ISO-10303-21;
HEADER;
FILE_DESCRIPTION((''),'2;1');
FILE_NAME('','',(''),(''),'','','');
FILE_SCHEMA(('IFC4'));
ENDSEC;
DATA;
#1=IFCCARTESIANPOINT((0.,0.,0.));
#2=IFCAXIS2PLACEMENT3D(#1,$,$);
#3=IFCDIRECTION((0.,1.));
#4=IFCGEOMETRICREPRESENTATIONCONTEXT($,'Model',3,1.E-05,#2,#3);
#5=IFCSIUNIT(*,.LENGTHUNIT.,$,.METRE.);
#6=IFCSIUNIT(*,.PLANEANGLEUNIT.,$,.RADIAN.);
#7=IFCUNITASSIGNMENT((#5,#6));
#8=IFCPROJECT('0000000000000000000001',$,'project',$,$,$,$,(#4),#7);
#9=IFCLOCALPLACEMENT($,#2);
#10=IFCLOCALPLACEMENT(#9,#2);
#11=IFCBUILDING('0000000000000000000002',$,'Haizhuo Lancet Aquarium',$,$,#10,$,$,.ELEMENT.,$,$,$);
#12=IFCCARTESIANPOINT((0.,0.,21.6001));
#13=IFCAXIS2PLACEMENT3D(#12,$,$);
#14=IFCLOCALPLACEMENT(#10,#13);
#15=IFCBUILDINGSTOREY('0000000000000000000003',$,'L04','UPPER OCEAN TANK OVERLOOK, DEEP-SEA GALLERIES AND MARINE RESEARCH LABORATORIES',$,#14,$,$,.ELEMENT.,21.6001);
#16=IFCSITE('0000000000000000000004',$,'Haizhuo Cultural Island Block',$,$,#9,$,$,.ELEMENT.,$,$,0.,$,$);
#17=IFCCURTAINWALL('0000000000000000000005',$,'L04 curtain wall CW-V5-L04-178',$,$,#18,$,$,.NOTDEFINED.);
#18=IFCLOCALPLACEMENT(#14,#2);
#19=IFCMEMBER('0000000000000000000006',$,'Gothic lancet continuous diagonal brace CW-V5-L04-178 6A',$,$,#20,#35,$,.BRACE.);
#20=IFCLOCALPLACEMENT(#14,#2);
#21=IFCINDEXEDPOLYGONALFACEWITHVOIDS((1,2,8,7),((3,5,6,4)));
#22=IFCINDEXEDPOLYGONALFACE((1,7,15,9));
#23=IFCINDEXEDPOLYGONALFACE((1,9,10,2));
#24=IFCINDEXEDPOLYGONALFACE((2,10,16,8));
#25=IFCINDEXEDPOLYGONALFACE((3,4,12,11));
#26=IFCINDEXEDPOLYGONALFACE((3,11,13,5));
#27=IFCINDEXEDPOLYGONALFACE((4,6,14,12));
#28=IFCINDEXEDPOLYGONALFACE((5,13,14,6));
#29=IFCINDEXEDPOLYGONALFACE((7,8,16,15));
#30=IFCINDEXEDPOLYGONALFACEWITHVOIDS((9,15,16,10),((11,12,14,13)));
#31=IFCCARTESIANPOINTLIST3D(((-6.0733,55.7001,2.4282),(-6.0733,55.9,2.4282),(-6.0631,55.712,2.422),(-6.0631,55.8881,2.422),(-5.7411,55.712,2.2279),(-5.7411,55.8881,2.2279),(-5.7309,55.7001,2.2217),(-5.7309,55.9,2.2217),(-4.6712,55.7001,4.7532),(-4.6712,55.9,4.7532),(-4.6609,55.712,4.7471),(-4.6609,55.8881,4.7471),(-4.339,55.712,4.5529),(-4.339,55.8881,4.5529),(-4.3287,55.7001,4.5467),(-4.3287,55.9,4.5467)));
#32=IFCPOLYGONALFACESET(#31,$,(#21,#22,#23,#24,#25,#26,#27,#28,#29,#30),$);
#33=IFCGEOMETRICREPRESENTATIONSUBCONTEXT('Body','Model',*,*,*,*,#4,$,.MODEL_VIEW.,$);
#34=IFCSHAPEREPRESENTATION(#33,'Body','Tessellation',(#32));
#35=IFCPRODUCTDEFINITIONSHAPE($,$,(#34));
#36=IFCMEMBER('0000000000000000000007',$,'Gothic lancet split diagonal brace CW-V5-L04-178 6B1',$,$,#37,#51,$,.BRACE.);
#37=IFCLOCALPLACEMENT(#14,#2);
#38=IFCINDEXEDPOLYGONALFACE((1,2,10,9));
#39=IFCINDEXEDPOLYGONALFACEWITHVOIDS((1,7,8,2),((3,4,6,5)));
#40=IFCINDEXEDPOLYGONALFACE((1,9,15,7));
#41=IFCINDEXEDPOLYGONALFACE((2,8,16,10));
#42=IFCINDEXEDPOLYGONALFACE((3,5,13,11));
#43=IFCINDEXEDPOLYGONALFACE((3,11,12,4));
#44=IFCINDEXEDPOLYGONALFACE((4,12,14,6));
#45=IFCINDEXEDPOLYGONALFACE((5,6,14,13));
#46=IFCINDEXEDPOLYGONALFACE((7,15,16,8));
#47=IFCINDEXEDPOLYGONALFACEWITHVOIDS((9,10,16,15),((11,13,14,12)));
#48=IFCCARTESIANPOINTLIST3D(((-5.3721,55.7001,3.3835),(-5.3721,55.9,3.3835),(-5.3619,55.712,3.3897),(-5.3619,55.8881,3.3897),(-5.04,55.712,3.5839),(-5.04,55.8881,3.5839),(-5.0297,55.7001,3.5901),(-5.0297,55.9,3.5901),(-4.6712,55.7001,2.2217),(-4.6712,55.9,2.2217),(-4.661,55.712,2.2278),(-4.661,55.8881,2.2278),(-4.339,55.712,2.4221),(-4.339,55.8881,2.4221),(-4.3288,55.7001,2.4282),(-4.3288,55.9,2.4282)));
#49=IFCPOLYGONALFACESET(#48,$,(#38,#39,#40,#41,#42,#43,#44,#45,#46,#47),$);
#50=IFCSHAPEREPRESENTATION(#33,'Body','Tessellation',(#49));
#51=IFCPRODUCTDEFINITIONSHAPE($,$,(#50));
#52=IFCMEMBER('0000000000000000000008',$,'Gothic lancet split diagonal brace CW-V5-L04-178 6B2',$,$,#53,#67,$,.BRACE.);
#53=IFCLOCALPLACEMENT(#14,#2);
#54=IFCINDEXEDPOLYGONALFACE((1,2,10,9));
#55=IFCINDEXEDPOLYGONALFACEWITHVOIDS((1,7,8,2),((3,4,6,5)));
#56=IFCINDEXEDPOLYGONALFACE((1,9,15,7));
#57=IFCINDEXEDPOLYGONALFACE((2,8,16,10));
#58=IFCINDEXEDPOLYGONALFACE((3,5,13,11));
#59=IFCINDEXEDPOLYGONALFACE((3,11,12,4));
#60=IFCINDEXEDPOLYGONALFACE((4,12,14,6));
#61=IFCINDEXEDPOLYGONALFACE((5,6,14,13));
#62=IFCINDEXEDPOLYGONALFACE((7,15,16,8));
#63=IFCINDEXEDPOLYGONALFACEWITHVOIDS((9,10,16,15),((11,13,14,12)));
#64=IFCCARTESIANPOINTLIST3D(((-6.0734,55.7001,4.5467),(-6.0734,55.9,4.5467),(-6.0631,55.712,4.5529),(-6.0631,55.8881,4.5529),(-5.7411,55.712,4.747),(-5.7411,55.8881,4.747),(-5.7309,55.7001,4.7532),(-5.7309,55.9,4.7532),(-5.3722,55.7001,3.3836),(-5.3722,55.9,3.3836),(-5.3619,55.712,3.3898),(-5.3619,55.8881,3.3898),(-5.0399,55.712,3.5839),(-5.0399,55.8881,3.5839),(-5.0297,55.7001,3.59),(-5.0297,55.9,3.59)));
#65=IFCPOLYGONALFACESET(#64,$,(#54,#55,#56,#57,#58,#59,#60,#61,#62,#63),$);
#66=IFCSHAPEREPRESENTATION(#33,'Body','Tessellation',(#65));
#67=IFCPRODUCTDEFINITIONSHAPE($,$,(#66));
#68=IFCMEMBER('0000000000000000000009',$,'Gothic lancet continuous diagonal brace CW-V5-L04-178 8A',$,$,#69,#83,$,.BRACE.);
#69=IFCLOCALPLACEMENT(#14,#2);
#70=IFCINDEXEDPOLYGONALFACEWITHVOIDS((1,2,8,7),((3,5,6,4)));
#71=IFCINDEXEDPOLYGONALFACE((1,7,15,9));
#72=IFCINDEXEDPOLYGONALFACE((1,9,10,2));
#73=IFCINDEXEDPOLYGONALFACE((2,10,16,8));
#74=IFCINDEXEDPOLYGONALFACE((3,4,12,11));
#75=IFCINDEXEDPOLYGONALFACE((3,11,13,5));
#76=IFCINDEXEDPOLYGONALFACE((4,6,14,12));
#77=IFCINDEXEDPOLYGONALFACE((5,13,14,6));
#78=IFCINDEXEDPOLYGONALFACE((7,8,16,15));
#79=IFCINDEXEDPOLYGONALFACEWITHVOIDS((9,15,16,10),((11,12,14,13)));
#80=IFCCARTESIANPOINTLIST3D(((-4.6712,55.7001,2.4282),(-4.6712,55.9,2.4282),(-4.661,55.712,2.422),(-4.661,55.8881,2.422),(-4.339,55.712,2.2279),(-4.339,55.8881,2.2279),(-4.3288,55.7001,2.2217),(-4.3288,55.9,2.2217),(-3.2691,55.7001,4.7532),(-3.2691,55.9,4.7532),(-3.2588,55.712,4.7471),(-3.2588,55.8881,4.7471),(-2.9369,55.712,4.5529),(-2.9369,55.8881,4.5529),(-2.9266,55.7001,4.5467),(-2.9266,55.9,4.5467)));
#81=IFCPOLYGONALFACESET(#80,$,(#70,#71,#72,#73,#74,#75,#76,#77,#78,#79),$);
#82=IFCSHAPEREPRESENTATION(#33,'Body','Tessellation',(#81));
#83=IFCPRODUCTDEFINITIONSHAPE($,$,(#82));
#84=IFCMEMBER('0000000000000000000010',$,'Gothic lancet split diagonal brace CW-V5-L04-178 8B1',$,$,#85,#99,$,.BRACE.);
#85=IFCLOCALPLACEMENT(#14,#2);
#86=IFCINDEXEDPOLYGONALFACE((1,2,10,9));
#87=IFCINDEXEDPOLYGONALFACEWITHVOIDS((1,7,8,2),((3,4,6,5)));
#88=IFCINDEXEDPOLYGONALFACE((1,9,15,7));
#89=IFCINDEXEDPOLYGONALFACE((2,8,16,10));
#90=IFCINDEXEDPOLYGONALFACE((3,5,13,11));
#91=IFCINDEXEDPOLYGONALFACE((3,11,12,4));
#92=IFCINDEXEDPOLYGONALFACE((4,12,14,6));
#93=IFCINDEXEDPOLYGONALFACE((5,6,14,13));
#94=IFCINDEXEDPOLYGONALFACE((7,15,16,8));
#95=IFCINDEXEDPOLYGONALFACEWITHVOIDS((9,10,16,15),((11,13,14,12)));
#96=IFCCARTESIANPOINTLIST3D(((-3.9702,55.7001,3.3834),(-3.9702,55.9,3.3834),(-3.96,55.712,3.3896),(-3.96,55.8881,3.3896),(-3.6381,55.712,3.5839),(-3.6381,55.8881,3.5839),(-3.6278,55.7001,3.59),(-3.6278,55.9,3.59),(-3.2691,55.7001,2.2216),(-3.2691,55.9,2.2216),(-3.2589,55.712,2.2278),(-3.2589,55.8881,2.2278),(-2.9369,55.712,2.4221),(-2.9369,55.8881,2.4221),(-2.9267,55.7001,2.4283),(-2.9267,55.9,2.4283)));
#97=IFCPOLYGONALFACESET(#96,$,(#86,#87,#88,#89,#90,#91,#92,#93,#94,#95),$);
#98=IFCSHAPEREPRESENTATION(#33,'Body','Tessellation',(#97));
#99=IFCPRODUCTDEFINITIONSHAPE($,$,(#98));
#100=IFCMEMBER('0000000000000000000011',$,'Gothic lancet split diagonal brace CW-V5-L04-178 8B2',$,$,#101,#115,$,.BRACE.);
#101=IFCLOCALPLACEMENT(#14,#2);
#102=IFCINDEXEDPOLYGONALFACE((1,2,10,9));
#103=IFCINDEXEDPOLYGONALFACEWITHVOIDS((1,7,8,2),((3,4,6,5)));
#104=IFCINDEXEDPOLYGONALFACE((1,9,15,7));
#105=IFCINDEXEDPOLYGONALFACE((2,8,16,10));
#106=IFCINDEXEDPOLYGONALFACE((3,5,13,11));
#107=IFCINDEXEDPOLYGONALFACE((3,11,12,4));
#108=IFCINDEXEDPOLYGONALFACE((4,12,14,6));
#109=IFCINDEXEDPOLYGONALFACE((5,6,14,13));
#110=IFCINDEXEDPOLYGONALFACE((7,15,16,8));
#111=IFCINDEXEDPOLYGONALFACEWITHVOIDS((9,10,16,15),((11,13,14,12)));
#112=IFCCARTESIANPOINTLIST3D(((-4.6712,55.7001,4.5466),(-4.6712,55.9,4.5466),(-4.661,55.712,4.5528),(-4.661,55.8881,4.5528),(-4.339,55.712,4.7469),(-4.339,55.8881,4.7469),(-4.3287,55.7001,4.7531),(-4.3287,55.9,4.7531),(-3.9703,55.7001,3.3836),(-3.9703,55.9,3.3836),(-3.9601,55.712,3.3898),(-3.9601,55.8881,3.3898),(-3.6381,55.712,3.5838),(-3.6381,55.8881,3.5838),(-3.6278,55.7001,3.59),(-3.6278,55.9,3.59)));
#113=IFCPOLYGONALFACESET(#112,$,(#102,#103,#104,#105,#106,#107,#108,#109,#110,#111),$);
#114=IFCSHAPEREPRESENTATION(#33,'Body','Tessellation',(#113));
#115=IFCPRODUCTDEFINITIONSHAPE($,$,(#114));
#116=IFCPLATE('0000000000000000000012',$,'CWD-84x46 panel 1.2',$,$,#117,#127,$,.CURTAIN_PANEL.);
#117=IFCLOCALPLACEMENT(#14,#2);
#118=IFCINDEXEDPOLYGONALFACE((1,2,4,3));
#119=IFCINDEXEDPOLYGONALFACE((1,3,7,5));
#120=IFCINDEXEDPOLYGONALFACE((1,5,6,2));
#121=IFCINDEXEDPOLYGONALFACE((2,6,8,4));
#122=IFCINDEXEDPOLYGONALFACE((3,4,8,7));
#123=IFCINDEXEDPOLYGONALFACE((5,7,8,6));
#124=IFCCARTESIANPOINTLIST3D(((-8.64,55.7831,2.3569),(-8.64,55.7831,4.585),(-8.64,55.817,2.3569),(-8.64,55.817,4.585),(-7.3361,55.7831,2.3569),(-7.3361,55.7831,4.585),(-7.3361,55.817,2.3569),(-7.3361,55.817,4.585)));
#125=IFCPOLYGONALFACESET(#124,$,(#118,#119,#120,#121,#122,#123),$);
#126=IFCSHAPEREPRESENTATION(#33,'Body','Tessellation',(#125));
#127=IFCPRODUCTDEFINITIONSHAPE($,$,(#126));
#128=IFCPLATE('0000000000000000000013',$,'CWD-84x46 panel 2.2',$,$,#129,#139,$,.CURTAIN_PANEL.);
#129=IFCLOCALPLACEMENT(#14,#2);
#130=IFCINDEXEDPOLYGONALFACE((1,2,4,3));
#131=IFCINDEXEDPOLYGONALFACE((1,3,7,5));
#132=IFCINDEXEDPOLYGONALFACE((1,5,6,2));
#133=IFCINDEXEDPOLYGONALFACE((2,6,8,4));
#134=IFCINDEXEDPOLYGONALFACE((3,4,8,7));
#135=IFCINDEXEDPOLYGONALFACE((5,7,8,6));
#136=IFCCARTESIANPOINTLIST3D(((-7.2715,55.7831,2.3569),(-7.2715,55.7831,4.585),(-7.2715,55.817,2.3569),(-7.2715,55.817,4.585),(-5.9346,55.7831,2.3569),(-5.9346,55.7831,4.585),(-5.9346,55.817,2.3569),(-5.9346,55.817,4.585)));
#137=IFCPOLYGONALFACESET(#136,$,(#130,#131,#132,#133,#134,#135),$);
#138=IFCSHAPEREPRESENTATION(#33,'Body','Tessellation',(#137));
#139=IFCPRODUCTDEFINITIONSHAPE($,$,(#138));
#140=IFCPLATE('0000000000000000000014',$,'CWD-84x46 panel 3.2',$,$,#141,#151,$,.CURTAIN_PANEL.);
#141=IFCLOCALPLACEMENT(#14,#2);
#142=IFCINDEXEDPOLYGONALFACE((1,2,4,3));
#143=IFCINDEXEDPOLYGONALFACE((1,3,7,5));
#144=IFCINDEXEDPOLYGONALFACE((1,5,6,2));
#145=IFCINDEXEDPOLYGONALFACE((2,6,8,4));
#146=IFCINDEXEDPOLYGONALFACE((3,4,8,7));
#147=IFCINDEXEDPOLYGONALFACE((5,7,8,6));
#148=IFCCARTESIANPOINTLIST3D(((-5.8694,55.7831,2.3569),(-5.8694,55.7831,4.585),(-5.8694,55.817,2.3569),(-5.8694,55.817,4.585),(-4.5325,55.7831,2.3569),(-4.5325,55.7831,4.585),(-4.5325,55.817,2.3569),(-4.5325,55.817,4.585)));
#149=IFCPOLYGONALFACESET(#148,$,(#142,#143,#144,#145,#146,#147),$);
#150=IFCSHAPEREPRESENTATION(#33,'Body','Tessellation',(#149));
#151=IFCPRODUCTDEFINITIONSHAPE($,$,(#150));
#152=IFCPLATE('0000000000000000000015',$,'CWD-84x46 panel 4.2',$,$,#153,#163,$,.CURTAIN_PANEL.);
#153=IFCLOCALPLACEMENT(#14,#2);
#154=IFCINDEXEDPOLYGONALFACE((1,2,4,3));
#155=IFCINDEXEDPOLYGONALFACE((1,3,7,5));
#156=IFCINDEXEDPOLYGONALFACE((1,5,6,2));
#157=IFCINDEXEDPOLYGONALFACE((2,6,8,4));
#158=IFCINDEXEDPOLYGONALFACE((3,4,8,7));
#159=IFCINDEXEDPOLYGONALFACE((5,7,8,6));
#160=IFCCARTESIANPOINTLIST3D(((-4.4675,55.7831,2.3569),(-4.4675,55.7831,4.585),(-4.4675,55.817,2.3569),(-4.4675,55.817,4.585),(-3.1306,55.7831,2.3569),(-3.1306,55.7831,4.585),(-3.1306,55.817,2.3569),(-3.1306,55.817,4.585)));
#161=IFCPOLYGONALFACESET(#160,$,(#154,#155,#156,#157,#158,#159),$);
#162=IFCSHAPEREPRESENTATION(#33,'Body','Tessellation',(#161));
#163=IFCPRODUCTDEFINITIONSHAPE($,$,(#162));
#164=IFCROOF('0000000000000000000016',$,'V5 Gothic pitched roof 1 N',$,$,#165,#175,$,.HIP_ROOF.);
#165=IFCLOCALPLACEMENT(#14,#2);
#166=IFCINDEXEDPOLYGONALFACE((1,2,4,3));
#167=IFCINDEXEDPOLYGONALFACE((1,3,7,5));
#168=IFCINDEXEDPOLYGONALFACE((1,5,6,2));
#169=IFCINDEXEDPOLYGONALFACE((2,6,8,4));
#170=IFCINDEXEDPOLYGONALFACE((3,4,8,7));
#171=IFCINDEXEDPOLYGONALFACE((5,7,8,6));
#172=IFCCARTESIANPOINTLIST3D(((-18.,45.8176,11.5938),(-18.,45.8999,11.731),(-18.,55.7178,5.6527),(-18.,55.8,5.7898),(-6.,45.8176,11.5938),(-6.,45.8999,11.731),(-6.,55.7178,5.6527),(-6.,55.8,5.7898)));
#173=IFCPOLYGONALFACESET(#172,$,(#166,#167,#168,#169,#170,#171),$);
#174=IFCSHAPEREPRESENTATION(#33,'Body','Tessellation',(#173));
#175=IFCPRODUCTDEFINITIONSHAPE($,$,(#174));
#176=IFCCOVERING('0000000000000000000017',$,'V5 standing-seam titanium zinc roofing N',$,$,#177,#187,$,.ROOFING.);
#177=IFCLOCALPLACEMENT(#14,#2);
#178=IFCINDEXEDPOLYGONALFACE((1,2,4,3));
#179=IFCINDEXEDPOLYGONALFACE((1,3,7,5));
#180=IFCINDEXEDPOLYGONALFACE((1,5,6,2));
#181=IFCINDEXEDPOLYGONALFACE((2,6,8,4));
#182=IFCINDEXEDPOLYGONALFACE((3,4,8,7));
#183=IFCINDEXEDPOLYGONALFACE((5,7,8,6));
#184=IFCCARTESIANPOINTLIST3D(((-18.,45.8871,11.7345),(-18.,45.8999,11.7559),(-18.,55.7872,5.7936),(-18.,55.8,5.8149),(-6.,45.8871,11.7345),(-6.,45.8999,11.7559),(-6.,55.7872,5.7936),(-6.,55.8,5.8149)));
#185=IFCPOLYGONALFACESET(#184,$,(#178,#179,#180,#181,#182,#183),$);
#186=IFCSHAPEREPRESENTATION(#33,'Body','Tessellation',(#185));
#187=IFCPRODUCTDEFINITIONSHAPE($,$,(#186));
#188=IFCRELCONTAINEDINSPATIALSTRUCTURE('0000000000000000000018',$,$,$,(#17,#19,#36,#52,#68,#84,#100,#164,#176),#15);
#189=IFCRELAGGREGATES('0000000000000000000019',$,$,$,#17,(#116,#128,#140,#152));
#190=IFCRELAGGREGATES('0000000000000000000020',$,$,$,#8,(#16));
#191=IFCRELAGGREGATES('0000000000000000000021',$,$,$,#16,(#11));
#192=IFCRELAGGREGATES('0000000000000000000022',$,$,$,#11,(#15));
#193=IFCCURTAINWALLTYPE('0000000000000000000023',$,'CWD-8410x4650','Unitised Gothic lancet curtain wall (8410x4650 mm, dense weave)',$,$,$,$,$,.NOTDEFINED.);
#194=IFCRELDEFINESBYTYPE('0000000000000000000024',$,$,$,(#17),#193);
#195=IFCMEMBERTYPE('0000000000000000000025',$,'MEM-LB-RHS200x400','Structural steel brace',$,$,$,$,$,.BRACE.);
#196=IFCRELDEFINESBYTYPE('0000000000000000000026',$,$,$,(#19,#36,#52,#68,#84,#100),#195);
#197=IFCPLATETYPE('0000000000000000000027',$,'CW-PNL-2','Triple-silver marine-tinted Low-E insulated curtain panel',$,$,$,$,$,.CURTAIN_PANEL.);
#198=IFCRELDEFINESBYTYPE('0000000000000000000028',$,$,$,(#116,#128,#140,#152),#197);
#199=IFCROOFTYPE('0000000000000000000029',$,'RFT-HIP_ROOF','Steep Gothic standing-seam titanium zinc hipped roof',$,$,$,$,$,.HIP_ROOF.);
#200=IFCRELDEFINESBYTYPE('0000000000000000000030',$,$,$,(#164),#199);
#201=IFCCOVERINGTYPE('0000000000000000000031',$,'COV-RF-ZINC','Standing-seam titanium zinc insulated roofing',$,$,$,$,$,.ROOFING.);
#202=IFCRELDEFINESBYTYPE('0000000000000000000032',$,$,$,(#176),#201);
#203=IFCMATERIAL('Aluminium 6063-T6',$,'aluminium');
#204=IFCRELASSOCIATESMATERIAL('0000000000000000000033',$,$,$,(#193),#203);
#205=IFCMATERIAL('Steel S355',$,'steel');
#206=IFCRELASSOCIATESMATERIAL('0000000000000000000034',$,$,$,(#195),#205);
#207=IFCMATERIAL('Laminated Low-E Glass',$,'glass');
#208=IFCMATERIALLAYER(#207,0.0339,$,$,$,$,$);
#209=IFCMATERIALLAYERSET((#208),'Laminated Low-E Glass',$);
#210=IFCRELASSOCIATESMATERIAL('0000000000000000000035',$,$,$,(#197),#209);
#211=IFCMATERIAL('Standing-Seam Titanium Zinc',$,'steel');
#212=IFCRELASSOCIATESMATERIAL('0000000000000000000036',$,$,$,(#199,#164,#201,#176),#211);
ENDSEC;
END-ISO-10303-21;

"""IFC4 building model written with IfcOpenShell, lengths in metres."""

from ifc_helpers import new_model, si_unit, direction, frame, origin, origin_2d, place, context, subcontext, project, spatial, polyline, rectangle, hollow_rectangle, outline, extrude, material, layer, layer_set, material_profile, profile_set, type_object, element, aggregate, save


model = new_model("IFC4")

# Units and contexts
model_context = context("Model", 3, precision=1e-05, world=origin(), true_north=direction((0.0, 1.0)))
body_context = subcontext(model_context, "Body", "Model", "MODEL_VIEW")
ifc_project = project(units=[si_unit("LENGTHUNIT", "METRE"), si_unit("PLANEANGLEUNIT", "RADIAN")], contexts=[model_context])

# Site, building, storey
site_placement = place(None, origin())
site = spatial("IfcSite", under=ifc_project, at=site_placement, Name="Haizhuo Cultural Island Block", CompositionType="ELEMENT", RefElevation=0.0)
building_placement = place(site_placement, origin())
building = spatial("IfcBuilding", under=site, at=building_placement, Name="Haizhuo Lancet Aquarium", CompositionType="ELEMENT")
storey_placement = place(building_placement, frame((0.0, 0.0, 21.6001)))
storey = spatial("IfcBuildingStorey", under=building, at=storey_placement, Name="L04", Description="UPPER OCEAN TANK OVERLOOK, DEEP-SEA GALLERIES AND MARINE RESEARCH LABORATORIES", CompositionType="ELEMENT", Elevation=21.6001)

# Curtain wall
ifc_material_1 = material(Name="Aluminium 6063-T6", Category="aluminium")
curtain_wall_type = type_object("IfcCurtainWallType", Name="CWD-8410x4650", Description="Unitised Gothic lancet curtain wall (8410x4650 mm, dense weave)", PredefinedType="NOTDEFINED", material=ifc_material_1)
curtain_wall_placement = place(storey_placement, origin())
curtain_wall = element("IfcCurtainWall", 1, at=curtain_wall_placement, inside=storey, type_object=curtain_wall_type, Name="L04 curtain wall CW-V5-L04-178", PredefinedType="NOTDEFINED")

# Members
ifc_material_2 = material(Name="Steel S355", Category="steel")
ifc_material_profile_1 = material_profile(ifc_material_2, hollow_rectangle(XDim=0.2, YDim=0.3999, WallThickness=0.012, at=origin_2d()), Name="RHS 200x400x12")
ifc_profile_set_1 = profile_set([ifc_material_profile_1], Name="Steel S355")
member_type_1 = type_object("IfcMemberType", Name="MEM-LB-RHS200x400", Description="Structural steel brace", PredefinedType="BRACE", material=ifc_profile_set_1)
member_1_placement = place(storey_placement, frame((-5.9021, 55.8, 2.325), z_axis=(0.516425, 0.0, 0.856332), x_axis=(0.0, 1.0, 0.0)))
element("IfcMember", 2, at=member_1_placement, inside=storey, type_object=member_type_1, Name="Gothic lancet continuous diagonal brace CW-V5-L04-178 6A", PredefinedType="BRACE", context=body_context, shape_type="SweptSolid", body=[
    extrude(hollow_rectangle(XDim=0.2, YDim=0.3999, WallThickness=0.012, at=origin_2d()), origin(), (0.0, 0.0, 1.0), 2.7151),
])
member_2_placement = place(storey_placement, frame((-4.5, 55.8, 2.325), z_axis=(-0.516558, 0.0, 0.856252), x_axis=(0.0, -1.0, 0.0)))
element("IfcMember", 3, at=member_2_placement, inside=storey, type_object=member_type_1, Name="Gothic lancet split diagonal brace CW-V5-L04-178 6B1", PredefinedType="BRACE", context=body_context, shape_type="SweptSolid", body=[
    extrude(hollow_rectangle(XDim=0.2, YDim=0.3999, WallThickness=0.012, at=origin_2d()), origin(), (0.0, 0.0, 1.0), 1.3569),
])
member_3_placement = place(storey_placement, frame((-5.2009, 55.8, 3.4868), z_axis=(-0.516292, 0.0, 0.856412), x_axis=(0.0, -1.0, 0.0)))
element("IfcMember", 4, at=member_3_placement, inside=storey, type_object=member_type_1, Name="Gothic lancet split diagonal brace CW-V5-L04-178 6B2", PredefinedType="BRACE", context=body_context, shape_type="SweptSolid", body=[
    extrude(hollow_rectangle(XDim=0.2, YDim=0.3999, WallThickness=0.012, at=origin_2d()), origin(), (0.0, 0.0, 1.0), 1.3582),
])
member_4_placement = place(storey_placement, frame((-4.5, 55.8, 2.325), z_axis=(0.516425, 0.0, 0.856332), x_axis=(0.0, 1.0, 0.0)))
element("IfcMember", 5, at=member_4_placement, inside=storey, type_object=member_type_1, Name="Gothic lancet continuous diagonal brace CW-V5-L04-178 8A", PredefinedType="BRACE", context=body_context, shape_type="SweptSolid", body=[
    extrude(hollow_rectangle(XDim=0.2, YDim=0.3999, WallThickness=0.012, at=origin_2d()), origin(), (0.0, 0.0, 1.0), 2.7151),
])
member_5_placement = place(storey_placement, frame((-3.0979, 55.8, 2.325), z_axis=(-0.51669, 0.0, 0.856173), x_axis=(0.0, -1.0, 0.0)))
element("IfcMember", 6, at=member_5_placement, inside=storey, type_object=member_type_1, Name="Gothic lancet split diagonal brace CW-V5-L04-178 8B1", PredefinedType="BRACE", context=body_context, shape_type="SweptSolid", body=[
    extrude(hollow_rectangle(XDim=0.2, YDim=0.3999, WallThickness=0.012, at=origin_2d()), origin(), (0.0, 0.0, 1.0), 1.3569),
])
member_6_placement = place(storey_placement, frame((-3.7991, 55.8, 3.4868), z_axis=(-0.51616, 0.0, 0.856492), x_axis=(0.0, -1.0, 0.0)))
element("IfcMember", 7, at=member_6_placement, inside=storey, type_object=member_type_1, Name="Gothic lancet split diagonal brace CW-V5-L04-178 8B2", PredefinedType="BRACE", context=body_context, shape_type="SweptSolid", body=[
    extrude(hollow_rectangle(XDim=0.2, YDim=0.3999, WallThickness=0.012, at=origin_2d()), origin(), (0.0, 0.0, 1.0), 1.3579),
])

# Plates
ifc_material_3 = material(Name="Laminated Low-E Glass", Category="glass")
ifc_layer = layer(ifc_material_3, 0.0339)
ifc_layer_set = layer_set([ifc_layer], Name="Laminated Low-E Glass")
plate_type = type_object("IfcPlateType", Name="CW-PNL-2", Description="Triple-silver marine-tinted Low-E insulated curtain panel", PredefinedType="CURTAIN_PANEL", material=ifc_layer_set)
plate_1_placement = place(storey_placement, frame((-7.988, 55.8, 2.3569), z_axis=(0.0, 0.0, 1.0), x_axis=(1.0, 0.0, 0.0)))
plate_1 = element("IfcPlate", 8, at=plate_1_placement, type_object=plate_type, Name="CWD-84x46 panel 1.2", PredefinedType="CURTAIN_PANEL", context=body_context, shape_type="SweptSolid", body=[
    extrude(rectangle(XDim=1.304, YDim=0.0339, at=origin_2d()), origin(), (0.0, 0.0, 1.0), 2.228),
])
plate_2_placement = place(storey_placement, frame((-6.603, 55.8, 2.3569), z_axis=(0.0, 0.0, 1.0), x_axis=(1.0, 0.0, 0.0)))
plate_2 = element("IfcPlate", 9, at=plate_2_placement, type_object=plate_type, Name="CWD-84x46 panel 2.2", PredefinedType="CURTAIN_PANEL", context=body_context, shape_type="SweptSolid", body=[
    extrude(rectangle(XDim=1.3369, YDim=0.0339, at=origin_2d()), origin(), (0.0, 0.0, 1.0), 2.228),
])
plate_3_placement = place(storey_placement, frame((-5.2009, 55.8, 2.3569), z_axis=(0.0, 0.0, 1.0), x_axis=(1.0, 0.0, 0.0)))
plate_3 = element("IfcPlate", 10, at=plate_3_placement, type_object=plate_type, Name="CWD-84x46 panel 3.2", PredefinedType="CURTAIN_PANEL", context=body_context, shape_type="SweptSolid", body=[
    extrude(rectangle(XDim=1.3369, YDim=0.0339, at=origin_2d()), origin(), (0.0, 0.0, 1.0), 2.228),
])
plate_4_placement = place(storey_placement, frame((-3.7991, 55.8, 2.3569), z_axis=(0.0, 0.0, 1.0), x_axis=(1.0, 0.0, 0.0)))
plate_4 = element("IfcPlate", 11, at=plate_4_placement, type_object=plate_type, Name="CWD-84x46 panel 4.2", PredefinedType="CURTAIN_PANEL", context=body_context, shape_type="SweptSolid", body=[
    extrude(rectangle(XDim=1.3369, YDim=0.0339, at=origin_2d()), origin(), (0.0, 0.0, 1.0), 2.228),
])
aggregate(curtain_wall, [plate_1, plate_2, plate_3, plate_4])

# Roof
ifc_material_4 = material(Name="Standing-Seam Titanium Zinc", Category="steel")
roof_type = type_object("IfcRoofType", Name="RFT-HIP_ROOF", Description="Steep Gothic standing-seam titanium zinc hipped roof", PredefinedType="HIP_ROOF", material=ifc_material_4)
roof_placement = place(storey_placement, frame((-6.0, 55.8, 5.7898), z_axis=(0.0, 0.514564, 0.857452), x_axis=(-1.0, 0.0, 0.0)))
element("IfcRoof", 12, at=roof_placement, inside=storey, type_object=roof_type, material=ifc_material_4, Name="V5 Gothic pitched roof 1 N", PredefinedType="HIP_ROOF", context=body_context, shape_type="SweptSolid", body=[
    extrude(outline(polyline([(0.0, 0.0), (12.0, 0.0), (12.0, 11.546), (0.0, 11.546), (0.0, 0.0)])), origin(), (0.0, 0.0, -1.0), 0.1599),
])

# Covering
covering_type = type_object("IfcCoveringType", Name="COV-RF-ZINC", Description="Standing-seam titanium zinc insulated roofing", PredefinedType="ROOFING", material=ifc_material_4)
covering_placement = place(storey_placement, frame((-6.0, 55.8, 5.8149), z_axis=(0.0, 0.514549, 0.857461), x_axis=(-1.0, 0.0, 0.0)))
element("IfcCovering", 13, at=covering_placement, inside=storey, type_object=covering_type, material=ifc_material_4, Name="V5 standing-seam titanium zinc roofing N", PredefinedType="ROOFING", context=body_context, shape_type="SweptSolid", body=[
    extrude(outline(polyline([(0.0, 0.0), (12.0, 0.0), (12.0, 11.5459), (0.0, 11.5459), (0.0, 0.0)])), origin(), (0.0, 0.0, -1.0), 0.0249),
])

save(model, "model.ifc")
